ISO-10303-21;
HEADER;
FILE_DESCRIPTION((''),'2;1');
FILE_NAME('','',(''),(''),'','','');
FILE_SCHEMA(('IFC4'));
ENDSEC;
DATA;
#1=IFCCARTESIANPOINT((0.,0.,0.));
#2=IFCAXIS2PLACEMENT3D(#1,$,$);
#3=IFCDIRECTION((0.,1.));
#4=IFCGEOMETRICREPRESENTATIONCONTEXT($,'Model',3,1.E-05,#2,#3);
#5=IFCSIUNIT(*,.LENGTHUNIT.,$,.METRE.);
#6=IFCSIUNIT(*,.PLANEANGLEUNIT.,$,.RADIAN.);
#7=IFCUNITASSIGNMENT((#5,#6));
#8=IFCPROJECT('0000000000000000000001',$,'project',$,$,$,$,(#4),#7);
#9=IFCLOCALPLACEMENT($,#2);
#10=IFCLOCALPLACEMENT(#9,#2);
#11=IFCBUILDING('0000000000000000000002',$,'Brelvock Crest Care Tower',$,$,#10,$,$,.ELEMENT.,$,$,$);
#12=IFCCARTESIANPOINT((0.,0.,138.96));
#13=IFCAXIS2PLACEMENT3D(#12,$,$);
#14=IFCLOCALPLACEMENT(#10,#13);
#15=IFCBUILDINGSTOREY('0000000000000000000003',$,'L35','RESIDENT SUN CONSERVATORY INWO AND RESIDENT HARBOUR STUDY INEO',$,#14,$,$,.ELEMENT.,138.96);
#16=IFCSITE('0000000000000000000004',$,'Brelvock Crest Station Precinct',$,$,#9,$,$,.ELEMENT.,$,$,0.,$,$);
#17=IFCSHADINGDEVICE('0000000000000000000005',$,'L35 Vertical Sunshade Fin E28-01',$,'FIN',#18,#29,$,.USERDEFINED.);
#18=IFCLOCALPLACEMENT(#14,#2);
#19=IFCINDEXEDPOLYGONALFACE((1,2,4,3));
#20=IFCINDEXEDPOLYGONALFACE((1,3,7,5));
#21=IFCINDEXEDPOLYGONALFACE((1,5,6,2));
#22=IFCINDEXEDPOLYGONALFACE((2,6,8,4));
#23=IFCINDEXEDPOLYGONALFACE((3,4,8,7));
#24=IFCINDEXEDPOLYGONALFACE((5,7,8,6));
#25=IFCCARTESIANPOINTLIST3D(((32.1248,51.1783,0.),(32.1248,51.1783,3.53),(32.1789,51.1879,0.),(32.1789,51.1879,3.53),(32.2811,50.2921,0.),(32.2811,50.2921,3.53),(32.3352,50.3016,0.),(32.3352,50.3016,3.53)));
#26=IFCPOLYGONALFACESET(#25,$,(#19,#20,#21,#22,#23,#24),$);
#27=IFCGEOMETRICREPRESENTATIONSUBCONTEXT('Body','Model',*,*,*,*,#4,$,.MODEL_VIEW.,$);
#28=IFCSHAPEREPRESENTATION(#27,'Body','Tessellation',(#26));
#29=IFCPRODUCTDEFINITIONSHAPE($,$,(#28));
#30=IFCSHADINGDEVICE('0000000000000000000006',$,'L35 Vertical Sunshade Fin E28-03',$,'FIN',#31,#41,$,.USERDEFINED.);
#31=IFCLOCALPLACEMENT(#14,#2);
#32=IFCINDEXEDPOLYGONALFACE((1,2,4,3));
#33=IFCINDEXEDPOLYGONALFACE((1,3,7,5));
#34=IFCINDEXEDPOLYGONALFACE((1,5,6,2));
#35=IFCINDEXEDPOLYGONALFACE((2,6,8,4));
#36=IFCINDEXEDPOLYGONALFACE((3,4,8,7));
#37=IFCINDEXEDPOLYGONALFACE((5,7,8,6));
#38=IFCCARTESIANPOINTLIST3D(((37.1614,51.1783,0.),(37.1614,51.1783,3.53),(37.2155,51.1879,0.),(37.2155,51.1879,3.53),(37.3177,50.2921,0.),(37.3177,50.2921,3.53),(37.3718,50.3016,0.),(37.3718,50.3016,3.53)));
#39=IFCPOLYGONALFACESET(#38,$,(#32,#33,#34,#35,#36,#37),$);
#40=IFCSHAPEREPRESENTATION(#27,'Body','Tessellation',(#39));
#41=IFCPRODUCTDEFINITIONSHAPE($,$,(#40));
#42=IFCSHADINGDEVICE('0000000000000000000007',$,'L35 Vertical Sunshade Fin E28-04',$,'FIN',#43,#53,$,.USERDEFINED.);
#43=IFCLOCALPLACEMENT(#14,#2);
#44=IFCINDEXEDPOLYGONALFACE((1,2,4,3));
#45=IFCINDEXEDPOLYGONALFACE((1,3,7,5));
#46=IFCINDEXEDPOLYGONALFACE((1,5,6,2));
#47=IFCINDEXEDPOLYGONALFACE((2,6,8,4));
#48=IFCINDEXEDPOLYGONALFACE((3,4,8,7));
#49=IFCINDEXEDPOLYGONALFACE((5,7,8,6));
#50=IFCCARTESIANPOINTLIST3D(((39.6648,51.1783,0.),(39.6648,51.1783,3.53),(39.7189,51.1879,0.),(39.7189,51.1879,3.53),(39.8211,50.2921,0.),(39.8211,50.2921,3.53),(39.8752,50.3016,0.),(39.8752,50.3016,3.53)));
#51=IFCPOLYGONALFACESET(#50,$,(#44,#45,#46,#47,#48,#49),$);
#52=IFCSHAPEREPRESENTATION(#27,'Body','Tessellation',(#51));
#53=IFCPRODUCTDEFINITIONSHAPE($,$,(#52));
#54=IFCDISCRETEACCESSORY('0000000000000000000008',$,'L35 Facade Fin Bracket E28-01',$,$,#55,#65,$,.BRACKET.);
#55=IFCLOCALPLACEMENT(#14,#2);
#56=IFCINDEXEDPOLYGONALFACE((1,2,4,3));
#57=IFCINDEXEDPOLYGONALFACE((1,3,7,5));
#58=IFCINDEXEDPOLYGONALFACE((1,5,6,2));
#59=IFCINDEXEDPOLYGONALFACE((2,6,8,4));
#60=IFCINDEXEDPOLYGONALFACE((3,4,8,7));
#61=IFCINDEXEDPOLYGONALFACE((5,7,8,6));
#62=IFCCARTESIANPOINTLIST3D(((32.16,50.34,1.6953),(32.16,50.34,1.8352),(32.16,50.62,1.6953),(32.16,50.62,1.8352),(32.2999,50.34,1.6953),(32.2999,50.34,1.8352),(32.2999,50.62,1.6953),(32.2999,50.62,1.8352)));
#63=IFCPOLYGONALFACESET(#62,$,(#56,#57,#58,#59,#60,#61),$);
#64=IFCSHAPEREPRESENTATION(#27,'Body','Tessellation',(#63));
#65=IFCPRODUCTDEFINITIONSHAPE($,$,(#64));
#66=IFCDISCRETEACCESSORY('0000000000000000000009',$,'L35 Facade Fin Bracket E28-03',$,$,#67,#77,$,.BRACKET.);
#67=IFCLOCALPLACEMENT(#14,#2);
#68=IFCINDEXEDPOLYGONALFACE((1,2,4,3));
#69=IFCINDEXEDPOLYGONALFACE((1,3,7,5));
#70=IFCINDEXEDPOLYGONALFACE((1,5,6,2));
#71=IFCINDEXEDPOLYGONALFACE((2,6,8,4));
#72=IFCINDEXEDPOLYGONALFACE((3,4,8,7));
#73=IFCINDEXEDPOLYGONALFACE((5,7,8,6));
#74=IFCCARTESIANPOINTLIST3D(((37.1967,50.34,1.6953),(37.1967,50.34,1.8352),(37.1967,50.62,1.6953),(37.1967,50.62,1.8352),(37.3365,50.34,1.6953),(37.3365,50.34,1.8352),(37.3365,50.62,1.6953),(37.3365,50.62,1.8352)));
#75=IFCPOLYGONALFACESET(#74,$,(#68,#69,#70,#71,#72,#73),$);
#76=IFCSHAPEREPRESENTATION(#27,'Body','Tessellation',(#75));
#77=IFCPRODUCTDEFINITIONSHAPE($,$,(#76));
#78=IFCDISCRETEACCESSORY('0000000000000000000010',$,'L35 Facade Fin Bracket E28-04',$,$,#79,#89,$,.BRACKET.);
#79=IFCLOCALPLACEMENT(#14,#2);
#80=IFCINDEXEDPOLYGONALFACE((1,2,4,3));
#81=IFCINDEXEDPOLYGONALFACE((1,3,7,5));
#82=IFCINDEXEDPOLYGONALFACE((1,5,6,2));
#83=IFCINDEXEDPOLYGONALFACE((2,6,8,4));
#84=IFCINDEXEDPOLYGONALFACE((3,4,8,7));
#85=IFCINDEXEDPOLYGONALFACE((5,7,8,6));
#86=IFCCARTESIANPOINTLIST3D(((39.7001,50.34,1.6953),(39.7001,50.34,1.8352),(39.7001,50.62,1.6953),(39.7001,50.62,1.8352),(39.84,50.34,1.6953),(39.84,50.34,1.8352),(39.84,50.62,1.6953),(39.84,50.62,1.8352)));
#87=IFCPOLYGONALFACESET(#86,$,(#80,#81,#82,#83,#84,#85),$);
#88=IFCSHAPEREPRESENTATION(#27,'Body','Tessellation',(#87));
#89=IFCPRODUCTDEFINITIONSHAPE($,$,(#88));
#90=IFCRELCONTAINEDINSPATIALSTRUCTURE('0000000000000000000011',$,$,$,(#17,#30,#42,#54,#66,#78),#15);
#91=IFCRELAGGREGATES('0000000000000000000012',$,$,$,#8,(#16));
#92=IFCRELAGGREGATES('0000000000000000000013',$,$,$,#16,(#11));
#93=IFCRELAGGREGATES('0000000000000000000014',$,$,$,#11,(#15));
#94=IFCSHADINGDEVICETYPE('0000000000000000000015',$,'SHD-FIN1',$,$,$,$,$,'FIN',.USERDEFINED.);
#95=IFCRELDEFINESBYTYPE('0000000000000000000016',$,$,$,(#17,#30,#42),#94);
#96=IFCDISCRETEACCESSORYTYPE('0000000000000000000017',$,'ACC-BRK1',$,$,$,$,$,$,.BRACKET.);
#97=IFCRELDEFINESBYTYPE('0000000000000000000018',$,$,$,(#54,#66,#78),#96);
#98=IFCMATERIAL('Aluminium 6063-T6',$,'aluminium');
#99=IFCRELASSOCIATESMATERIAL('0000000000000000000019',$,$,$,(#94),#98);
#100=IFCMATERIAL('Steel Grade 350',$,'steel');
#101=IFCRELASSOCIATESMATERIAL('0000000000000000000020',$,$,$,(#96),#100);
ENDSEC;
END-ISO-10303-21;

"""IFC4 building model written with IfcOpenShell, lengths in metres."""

from ifc_helpers import new_model, si_unit, direction, frame, origin, origin_2d, place, context, subcontext, project, spatial, rectangle, extrude, source, transform, mapped, material, material_profile, profile_set, type_object, element, save


model = new_model("IFC4")

# Units and contexts
model_context = context("Model", 3, precision=1e-05, world=origin(), true_north=direction((0.0, 1.0)))
body_context = subcontext(model_context, "Body", "Model", "MODEL_VIEW")
ifc_project = project(units=[si_unit("LENGTHUNIT", "METRE"), si_unit("PLANEANGLEUNIT", "RADIAN")], contexts=[model_context])

# Site, building, storey
site_placement = place(None, origin())
site = spatial("IfcSite", under=ifc_project, at=site_placement, Name="Brelvock Crest Station Precinct", CompositionType="ELEMENT", RefElevation=0.0)
building_placement = place(site_placement, origin())
building = spatial("IfcBuilding", under=site, at=building_placement, Name="Brelvock Crest Care Tower", CompositionType="ELEMENT")
storey_placement = place(building_placement, frame((0.0, 0.0, 138.96)))
storey = spatial("IfcBuildingStorey", under=building, at=storey_placement, Name="L35", Description="RESIDENT SUN CONSERVATORY INWO AND RESIDENT HARBOUR STUDY INEO", CompositionType="ELEMENT", Elevation=138.96)

# Shared definitions
ifc_material_1 = material(Name="Steel Grade 350", Category="steel")

# Shared definitions
ifc_material_2 = material(Name="Aluminium 6063-T6", Category="aluminium")

# Shading devices
ifc_material_profile_1 = material_profile(ifc_material_2, rectangle(XDim=0.0549, YDim=0.8999, at=origin_2d()), Name="FIN55x900")
ifc_profile_set_1 = profile_set([ifc_material_profile_1], Name="Aluminium 6063-T6")
shading_device_type = type_object("IfcShadingDeviceType", Name="SHD-FIN1", ElementType="FIN", PredefinedType="USERDEFINED", material=ifc_profile_set_1)
shared_shape_1 = source(origin(), body_context, "Body", "SweptSolid", [
    extrude(rectangle(XDim=0.0549, YDim=0.8999, at=origin_2d()), origin(), (0.0, 0.0, 1.0), 3.53),
])
for number, where, z_axis, x_axis, name in (
    (1, (32.23, 50.74, 0.0), (0.0, 0.0, 1.0), (0.984808, 0.173648, 0.0), "L35 Vertical Sunshade Fin E28-01"),
    (2, (37.2666, 50.74, 0.0), (0.0, 0.0, 1.0), (0.984808, 0.173648, 0.0), "L35 Vertical Sunshade Fin E28-03"),
    (3, (39.77, 50.74, 0.0), (0.0, 0.0, 1.0), (0.984808, 0.173648, 0.0), "L35 Vertical Sunshade Fin E28-04"),
):
    element("IfcShadingDevice", number, at=place(storey_placement, frame(where, z_axis=z_axis, x_axis=x_axis)), inside=storey, type_object=shading_device_type, Name=name, ObjectType="FIN", PredefinedType="USERDEFINED", context=body_context, shape_type="MappedRepresentation", body=[
        mapped(shared_shape_1, transform((0.0, 0.0, 0.0), x_axis=(1.0, 0.0, 0.0), y_axis=(0.0, 1.0, 0.0), z_axis=(0.0, 0.0, 1.0), scale=1.0)),
    ])

# Discrete accessories
discrete_accessory_type = type_object("IfcDiscreteAccessoryType", Name="ACC-BRK1", PredefinedType="BRACKET", material=ifc_material_1)
shared_shape_2 = source(origin(), body_context, "Body", "SweptSolid", [
    extrude(rectangle(XDim=0.28, YDim=0.1399, at=origin_2d()), origin(), (0.0, 0.0, 1.0), 0.1399),
])
for number, where, z_axis, x_axis, name in (
    (4, (32.23, 50.48, 1.6953), (0.0, 0.0, 1.0), (0.0, 1.0, 0.0), "L35 Facade Fin Bracket E28-01"),
    (5, (37.2666, 50.48, 1.6953), (0.0, 0.0, 1.0), (0.0, 1.0, 0.0), "L35 Facade Fin Bracket E28-03"),
    (6, (39.77, 50.48, 1.6953), (0.0, 0.0, 1.0), (0.0, 1.0, 0.0), "L35 Facade Fin Bracket E28-04"),
):
    element("IfcDiscreteAccessory", number, at=place(storey_placement, frame(where, z_axis=z_axis, x_axis=x_axis)), inside=storey, type_object=discrete_accessory_type, Name=name, PredefinedType="BRACKET", context=body_context, shape_type="MappedRepresentation", body=[
        mapped(shared_shape_2, transform((0.0, 0.0, 0.0), x_axis=(1.0, 0.0, 0.0), y_axis=(0.0, 1.0, 0.0), z_axis=(0.0, 0.0, 1.0), scale=1.0)),
    ])

save(model, "model.ifc")
